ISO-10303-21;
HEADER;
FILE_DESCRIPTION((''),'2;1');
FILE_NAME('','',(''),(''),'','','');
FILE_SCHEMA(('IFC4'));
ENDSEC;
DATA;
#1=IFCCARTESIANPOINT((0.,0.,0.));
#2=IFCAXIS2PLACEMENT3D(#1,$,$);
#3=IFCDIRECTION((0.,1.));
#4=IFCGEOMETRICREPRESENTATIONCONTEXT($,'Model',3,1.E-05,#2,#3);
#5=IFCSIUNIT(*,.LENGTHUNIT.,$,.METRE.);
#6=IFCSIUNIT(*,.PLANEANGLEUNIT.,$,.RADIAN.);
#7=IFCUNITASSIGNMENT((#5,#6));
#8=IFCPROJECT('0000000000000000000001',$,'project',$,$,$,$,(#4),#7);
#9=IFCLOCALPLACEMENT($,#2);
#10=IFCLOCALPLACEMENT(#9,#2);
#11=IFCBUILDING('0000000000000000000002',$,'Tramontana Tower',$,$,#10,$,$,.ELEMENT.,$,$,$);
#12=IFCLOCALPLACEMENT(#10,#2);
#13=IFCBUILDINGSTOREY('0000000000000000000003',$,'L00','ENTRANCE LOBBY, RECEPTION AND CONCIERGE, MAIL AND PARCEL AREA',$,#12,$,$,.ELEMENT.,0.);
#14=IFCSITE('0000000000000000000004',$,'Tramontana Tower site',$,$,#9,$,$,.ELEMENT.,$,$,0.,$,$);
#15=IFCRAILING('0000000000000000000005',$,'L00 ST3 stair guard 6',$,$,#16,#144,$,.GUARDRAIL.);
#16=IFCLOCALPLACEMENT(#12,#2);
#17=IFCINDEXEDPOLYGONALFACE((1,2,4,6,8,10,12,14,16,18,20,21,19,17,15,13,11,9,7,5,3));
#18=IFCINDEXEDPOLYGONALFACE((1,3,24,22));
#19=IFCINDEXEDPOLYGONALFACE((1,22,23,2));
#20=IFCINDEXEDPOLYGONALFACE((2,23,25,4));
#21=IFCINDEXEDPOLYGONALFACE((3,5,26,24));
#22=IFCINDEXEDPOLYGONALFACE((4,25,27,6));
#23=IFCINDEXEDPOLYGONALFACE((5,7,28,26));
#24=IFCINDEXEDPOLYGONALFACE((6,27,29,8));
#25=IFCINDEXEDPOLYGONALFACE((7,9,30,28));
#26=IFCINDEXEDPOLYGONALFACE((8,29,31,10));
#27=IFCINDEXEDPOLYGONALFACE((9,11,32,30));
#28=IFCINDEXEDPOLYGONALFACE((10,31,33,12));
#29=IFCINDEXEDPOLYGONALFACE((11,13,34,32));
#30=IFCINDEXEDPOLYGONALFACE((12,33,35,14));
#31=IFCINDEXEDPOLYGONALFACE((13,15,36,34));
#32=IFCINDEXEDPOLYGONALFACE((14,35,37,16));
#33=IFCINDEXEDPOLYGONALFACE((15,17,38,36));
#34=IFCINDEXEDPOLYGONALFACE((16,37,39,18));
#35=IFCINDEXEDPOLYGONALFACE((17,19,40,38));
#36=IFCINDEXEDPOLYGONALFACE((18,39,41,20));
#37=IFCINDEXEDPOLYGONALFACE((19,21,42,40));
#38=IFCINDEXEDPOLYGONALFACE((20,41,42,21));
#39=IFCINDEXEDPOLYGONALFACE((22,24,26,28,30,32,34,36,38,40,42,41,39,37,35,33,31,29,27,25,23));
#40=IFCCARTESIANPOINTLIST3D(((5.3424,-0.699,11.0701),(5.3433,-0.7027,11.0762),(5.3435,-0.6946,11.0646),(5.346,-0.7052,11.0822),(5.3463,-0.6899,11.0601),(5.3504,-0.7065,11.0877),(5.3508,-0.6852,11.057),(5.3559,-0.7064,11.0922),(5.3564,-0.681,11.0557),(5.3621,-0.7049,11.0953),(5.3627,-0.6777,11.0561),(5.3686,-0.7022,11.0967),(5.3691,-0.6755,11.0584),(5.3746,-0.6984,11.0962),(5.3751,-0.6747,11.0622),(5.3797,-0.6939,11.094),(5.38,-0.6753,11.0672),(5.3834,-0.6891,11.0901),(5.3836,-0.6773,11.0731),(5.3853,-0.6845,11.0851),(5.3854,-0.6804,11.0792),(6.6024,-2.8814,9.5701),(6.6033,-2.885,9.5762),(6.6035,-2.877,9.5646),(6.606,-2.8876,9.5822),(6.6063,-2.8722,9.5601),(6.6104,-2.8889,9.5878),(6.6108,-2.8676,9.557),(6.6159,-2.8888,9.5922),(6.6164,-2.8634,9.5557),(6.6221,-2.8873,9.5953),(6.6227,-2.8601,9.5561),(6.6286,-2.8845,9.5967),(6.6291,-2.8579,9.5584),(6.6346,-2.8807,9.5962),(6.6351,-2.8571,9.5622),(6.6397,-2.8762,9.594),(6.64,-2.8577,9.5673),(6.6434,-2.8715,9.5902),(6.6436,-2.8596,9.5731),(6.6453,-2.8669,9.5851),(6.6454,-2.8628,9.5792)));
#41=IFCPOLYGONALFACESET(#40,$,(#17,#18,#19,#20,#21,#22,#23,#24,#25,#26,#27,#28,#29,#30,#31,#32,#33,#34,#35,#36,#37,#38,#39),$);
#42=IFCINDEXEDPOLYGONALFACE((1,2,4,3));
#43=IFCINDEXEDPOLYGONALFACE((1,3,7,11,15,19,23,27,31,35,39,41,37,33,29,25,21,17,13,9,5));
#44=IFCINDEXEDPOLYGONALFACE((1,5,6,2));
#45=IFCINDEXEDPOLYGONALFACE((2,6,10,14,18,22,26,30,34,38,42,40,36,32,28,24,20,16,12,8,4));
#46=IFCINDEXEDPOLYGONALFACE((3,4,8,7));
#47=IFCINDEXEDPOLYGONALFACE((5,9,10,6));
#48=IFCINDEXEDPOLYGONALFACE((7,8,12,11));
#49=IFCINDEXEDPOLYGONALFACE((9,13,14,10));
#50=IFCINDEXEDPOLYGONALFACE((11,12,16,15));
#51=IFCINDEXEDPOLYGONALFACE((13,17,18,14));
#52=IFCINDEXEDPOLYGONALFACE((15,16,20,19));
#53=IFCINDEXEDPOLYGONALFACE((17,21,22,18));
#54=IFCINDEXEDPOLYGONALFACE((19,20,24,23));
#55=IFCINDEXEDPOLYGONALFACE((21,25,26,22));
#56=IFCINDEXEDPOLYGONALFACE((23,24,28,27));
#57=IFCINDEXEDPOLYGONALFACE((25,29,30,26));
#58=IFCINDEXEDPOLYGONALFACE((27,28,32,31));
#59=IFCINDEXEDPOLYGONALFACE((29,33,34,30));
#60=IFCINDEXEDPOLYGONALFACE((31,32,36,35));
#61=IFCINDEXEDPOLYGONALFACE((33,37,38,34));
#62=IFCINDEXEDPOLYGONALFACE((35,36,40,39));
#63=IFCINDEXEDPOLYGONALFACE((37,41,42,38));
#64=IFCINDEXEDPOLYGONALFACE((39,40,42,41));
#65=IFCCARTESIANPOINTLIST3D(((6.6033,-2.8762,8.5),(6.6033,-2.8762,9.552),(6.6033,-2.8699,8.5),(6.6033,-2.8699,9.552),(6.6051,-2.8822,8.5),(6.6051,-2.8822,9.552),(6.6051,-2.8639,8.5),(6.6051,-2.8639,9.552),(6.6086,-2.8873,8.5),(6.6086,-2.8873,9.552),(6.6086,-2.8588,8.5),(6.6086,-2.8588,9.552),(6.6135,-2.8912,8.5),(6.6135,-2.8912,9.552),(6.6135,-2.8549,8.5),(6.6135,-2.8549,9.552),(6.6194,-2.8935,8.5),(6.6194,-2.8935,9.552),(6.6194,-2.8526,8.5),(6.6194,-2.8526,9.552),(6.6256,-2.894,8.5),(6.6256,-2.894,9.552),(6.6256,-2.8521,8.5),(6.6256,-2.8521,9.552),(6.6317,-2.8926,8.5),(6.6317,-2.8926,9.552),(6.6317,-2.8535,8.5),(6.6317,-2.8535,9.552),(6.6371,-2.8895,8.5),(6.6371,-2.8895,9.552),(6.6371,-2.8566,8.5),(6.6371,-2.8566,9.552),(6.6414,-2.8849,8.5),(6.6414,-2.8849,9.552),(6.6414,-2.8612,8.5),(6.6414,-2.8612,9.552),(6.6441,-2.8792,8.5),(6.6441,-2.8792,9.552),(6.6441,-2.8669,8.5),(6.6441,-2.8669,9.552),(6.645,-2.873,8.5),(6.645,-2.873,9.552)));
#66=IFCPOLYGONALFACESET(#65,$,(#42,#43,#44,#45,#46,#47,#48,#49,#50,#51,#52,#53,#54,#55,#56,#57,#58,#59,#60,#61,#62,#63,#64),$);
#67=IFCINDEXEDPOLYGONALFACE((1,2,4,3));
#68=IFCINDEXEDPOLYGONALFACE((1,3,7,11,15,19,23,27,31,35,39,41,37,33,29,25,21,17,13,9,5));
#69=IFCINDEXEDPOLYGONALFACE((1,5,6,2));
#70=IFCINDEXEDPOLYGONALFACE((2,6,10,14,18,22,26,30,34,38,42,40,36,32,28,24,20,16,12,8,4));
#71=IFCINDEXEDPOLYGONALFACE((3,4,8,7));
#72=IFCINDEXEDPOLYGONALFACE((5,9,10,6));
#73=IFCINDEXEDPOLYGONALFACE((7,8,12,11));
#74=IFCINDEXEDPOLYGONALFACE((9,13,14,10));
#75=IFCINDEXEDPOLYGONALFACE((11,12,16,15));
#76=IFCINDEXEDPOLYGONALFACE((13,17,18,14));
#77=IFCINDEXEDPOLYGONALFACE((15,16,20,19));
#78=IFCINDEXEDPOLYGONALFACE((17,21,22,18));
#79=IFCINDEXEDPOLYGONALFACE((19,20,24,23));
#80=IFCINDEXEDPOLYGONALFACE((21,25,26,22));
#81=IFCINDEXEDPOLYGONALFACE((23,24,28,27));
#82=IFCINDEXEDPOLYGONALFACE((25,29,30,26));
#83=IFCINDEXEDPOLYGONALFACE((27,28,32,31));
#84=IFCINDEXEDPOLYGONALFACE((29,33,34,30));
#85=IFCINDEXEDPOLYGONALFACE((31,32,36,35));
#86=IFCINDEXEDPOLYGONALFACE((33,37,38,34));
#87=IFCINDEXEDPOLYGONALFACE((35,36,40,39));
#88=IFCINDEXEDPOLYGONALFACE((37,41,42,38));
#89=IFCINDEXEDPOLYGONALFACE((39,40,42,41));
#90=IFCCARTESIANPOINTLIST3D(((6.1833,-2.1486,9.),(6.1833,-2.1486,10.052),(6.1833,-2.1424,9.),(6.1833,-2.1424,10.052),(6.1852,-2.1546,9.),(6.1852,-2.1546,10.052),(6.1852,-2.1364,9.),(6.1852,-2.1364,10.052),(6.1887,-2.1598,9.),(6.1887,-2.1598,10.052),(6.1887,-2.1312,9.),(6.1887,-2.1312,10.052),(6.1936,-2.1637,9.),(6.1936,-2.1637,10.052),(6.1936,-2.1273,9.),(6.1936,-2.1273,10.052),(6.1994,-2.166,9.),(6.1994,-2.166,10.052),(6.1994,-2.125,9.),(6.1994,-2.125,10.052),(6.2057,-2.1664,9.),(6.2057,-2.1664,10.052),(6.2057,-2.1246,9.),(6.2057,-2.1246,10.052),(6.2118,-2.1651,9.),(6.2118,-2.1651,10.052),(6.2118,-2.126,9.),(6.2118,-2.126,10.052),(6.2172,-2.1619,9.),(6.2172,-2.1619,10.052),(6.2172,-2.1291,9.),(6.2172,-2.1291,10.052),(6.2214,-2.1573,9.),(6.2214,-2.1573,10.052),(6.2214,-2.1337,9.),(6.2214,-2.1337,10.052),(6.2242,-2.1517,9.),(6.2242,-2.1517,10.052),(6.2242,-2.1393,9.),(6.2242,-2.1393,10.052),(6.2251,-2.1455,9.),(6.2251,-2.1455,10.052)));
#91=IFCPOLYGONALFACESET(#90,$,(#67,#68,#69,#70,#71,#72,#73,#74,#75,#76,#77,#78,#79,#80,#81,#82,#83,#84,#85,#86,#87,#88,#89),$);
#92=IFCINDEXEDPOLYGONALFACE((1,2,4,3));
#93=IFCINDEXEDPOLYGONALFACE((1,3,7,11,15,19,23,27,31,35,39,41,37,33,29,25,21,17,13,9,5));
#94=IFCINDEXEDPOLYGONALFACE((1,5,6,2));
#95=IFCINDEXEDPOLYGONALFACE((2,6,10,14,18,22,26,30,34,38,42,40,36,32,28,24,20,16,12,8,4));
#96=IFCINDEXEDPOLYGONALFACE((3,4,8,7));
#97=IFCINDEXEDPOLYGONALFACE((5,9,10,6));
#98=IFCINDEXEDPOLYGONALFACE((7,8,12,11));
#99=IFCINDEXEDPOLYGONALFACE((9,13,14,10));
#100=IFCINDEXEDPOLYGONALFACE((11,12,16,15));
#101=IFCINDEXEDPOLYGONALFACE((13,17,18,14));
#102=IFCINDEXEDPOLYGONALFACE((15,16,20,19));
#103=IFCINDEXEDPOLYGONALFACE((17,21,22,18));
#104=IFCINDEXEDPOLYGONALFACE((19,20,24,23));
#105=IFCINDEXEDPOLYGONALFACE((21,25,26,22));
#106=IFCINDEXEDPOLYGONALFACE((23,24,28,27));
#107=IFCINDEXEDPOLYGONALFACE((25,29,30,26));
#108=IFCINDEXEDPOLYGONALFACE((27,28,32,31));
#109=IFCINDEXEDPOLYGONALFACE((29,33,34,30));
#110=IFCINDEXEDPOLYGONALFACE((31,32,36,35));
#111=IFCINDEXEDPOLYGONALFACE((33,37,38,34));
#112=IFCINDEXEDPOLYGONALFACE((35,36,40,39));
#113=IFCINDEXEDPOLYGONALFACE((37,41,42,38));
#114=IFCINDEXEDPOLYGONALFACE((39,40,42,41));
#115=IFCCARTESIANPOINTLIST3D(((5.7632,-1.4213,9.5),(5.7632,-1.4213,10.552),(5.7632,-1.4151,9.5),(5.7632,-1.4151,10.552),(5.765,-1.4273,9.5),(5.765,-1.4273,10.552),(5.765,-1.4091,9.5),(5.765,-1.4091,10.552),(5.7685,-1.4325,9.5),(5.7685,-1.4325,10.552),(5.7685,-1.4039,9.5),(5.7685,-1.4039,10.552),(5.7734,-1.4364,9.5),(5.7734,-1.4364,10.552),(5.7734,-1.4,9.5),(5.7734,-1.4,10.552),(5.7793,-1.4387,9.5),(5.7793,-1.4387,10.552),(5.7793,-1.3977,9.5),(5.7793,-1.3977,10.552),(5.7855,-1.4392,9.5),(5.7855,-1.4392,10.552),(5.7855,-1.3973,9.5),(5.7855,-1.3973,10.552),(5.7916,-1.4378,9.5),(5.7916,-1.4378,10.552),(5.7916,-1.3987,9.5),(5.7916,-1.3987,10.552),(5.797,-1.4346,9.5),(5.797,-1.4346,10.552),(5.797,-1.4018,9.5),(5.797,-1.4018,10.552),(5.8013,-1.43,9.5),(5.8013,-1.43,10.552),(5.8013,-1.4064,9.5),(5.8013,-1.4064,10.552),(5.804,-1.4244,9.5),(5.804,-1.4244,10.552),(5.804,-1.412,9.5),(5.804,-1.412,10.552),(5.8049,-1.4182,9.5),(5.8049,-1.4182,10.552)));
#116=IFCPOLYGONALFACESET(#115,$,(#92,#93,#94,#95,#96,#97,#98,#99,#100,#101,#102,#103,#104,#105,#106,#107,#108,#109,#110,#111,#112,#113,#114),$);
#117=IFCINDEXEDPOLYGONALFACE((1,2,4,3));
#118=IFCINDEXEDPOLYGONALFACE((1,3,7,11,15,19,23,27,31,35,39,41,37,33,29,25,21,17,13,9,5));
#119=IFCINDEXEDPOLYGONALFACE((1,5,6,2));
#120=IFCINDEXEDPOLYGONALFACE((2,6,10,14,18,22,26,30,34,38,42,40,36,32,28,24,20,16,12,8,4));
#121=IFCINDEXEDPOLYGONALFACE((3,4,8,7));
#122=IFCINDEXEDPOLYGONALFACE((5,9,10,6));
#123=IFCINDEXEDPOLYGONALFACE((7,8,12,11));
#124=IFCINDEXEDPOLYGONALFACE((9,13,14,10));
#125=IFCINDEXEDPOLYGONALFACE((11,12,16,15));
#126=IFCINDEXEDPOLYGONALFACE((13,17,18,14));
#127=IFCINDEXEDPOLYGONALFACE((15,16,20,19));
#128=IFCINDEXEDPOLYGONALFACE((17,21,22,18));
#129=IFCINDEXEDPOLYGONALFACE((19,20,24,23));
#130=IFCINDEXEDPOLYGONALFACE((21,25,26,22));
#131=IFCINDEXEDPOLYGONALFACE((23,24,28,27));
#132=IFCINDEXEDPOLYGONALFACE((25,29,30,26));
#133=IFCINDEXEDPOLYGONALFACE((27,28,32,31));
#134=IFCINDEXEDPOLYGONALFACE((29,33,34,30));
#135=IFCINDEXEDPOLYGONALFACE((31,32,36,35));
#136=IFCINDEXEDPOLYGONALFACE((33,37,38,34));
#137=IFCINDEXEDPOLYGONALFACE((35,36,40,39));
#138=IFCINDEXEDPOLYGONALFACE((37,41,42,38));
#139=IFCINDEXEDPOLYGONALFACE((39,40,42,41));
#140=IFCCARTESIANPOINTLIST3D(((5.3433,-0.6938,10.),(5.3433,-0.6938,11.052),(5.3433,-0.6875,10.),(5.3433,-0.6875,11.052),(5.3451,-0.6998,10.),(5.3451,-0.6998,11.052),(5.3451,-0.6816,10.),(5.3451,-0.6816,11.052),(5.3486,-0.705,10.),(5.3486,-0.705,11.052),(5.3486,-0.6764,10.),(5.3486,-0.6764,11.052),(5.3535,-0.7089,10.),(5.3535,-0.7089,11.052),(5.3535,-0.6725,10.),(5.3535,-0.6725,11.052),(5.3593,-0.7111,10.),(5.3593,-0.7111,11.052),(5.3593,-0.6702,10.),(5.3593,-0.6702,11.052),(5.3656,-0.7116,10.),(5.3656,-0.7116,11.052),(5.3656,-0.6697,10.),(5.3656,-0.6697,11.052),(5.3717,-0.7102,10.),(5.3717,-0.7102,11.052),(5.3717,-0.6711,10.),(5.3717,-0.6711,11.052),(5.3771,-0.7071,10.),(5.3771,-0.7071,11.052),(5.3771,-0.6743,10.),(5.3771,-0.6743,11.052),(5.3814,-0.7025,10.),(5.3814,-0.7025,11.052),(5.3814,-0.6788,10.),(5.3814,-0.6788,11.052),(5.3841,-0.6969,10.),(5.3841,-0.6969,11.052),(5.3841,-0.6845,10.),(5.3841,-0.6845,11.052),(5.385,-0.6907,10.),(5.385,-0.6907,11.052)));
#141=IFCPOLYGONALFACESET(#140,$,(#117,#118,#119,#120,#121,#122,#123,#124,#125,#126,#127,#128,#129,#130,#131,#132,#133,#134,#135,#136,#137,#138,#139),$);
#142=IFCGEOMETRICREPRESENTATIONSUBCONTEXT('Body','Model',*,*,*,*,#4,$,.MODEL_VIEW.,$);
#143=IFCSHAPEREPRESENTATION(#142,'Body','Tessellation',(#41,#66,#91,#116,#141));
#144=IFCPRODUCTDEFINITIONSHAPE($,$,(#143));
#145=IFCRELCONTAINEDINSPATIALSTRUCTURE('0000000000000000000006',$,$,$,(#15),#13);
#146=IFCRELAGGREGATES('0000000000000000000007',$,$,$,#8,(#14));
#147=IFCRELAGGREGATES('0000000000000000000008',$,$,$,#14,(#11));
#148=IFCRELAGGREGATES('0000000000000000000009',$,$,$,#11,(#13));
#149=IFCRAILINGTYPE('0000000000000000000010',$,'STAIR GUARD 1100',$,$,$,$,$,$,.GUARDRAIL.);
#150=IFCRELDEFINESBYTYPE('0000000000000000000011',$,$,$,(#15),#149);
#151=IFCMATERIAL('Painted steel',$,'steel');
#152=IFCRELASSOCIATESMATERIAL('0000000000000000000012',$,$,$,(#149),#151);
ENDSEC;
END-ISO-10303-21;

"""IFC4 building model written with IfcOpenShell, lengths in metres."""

from ifc_helpers import new_model, si_unit, direction, frame, origin, origin_2d, place, context, subcontext, project, spatial, circle, extrude, material, type_object, element, save


model = new_model("IFC4")

# Units and contexts
model_context = context("Model", 3, precision=1e-05, world=origin(), true_north=direction((0.0, 1.0)))
body_context = subcontext(model_context, "Body", "Model", "MODEL_VIEW")
ifc_project = project(units=[si_unit("LENGTHUNIT", "METRE"), si_unit("PLANEANGLEUNIT", "RADIAN")], contexts=[model_context])

# Site, building, storey
site_placement = place(None, origin())
site = spatial("IfcSite", under=ifc_project, at=site_placement, Name="Tramontana Tower site", CompositionType="ELEMENT", RefElevation=0.0)
building_placement = place(site_placement, origin())
building = spatial("IfcBuilding", under=site, at=building_placement, Name="Tramontana Tower", CompositionType="ELEMENT")
storey_placement = place(building_placement, origin())
storey = spatial("IfcBuildingStorey", under=building, at=storey_placement, Name="L00", Description="ENTRANCE LOBBY, RECEPTION AND CONCIERGE, MAIL AND PARCEL AREA", CompositionType="ELEMENT", Elevation=0.0)

# Railing
ifc_material_1 = material(Name="Painted steel", Category="steel")
railing_type_1 = type_object("IfcRailingType", Name="STAIR GUARD 1100", PredefinedType="GUARDRAIL", material=ifc_material_1)
for number, where, name in (
    (1, (6.624, -2.873, 8.5), "L00 ST3 stair guard 6"),
):
    element("IfcRailing", number, at=place(storey_placement, frame(where)), inside=storey, type_object=railing_type_1, Name=name, PredefinedType="GUARDRAIL", context=body_context, shape_type="SweptSolid", body=[
        extrude(circle(Radius=0.0239, at=origin_2d()), frame((0.0, 0.0, 1.0762), z_axis=(-0.42965, 0.744167, 0.511485), x_axis=(-0.866023, -0.500005, 0.0)), (0.0, 0.0, 1.0), 2.9326),
        extrude(circle(Radius=0.021, at=origin_2d()), origin(), (0.0, 0.0, 1.0), 1.052),
        extrude(circle(Radius=0.021, at=origin_2d()), frame((-0.4199, 0.7275, 0.5)), (0.0, 0.0, 1.0), 1.052),
        extrude(circle(Radius=0.021, at=origin_2d()), frame((-0.8401, 1.4548, 1.0)), (0.0, 0.0, 1.0), 1.052),
        extrude(circle(Radius=0.021, at=origin_2d()), frame((-1.26, 2.1824, 1.5)), (0.0, 0.0, 1.0), 1.052),
    ])

save(model, "model.ifc")
